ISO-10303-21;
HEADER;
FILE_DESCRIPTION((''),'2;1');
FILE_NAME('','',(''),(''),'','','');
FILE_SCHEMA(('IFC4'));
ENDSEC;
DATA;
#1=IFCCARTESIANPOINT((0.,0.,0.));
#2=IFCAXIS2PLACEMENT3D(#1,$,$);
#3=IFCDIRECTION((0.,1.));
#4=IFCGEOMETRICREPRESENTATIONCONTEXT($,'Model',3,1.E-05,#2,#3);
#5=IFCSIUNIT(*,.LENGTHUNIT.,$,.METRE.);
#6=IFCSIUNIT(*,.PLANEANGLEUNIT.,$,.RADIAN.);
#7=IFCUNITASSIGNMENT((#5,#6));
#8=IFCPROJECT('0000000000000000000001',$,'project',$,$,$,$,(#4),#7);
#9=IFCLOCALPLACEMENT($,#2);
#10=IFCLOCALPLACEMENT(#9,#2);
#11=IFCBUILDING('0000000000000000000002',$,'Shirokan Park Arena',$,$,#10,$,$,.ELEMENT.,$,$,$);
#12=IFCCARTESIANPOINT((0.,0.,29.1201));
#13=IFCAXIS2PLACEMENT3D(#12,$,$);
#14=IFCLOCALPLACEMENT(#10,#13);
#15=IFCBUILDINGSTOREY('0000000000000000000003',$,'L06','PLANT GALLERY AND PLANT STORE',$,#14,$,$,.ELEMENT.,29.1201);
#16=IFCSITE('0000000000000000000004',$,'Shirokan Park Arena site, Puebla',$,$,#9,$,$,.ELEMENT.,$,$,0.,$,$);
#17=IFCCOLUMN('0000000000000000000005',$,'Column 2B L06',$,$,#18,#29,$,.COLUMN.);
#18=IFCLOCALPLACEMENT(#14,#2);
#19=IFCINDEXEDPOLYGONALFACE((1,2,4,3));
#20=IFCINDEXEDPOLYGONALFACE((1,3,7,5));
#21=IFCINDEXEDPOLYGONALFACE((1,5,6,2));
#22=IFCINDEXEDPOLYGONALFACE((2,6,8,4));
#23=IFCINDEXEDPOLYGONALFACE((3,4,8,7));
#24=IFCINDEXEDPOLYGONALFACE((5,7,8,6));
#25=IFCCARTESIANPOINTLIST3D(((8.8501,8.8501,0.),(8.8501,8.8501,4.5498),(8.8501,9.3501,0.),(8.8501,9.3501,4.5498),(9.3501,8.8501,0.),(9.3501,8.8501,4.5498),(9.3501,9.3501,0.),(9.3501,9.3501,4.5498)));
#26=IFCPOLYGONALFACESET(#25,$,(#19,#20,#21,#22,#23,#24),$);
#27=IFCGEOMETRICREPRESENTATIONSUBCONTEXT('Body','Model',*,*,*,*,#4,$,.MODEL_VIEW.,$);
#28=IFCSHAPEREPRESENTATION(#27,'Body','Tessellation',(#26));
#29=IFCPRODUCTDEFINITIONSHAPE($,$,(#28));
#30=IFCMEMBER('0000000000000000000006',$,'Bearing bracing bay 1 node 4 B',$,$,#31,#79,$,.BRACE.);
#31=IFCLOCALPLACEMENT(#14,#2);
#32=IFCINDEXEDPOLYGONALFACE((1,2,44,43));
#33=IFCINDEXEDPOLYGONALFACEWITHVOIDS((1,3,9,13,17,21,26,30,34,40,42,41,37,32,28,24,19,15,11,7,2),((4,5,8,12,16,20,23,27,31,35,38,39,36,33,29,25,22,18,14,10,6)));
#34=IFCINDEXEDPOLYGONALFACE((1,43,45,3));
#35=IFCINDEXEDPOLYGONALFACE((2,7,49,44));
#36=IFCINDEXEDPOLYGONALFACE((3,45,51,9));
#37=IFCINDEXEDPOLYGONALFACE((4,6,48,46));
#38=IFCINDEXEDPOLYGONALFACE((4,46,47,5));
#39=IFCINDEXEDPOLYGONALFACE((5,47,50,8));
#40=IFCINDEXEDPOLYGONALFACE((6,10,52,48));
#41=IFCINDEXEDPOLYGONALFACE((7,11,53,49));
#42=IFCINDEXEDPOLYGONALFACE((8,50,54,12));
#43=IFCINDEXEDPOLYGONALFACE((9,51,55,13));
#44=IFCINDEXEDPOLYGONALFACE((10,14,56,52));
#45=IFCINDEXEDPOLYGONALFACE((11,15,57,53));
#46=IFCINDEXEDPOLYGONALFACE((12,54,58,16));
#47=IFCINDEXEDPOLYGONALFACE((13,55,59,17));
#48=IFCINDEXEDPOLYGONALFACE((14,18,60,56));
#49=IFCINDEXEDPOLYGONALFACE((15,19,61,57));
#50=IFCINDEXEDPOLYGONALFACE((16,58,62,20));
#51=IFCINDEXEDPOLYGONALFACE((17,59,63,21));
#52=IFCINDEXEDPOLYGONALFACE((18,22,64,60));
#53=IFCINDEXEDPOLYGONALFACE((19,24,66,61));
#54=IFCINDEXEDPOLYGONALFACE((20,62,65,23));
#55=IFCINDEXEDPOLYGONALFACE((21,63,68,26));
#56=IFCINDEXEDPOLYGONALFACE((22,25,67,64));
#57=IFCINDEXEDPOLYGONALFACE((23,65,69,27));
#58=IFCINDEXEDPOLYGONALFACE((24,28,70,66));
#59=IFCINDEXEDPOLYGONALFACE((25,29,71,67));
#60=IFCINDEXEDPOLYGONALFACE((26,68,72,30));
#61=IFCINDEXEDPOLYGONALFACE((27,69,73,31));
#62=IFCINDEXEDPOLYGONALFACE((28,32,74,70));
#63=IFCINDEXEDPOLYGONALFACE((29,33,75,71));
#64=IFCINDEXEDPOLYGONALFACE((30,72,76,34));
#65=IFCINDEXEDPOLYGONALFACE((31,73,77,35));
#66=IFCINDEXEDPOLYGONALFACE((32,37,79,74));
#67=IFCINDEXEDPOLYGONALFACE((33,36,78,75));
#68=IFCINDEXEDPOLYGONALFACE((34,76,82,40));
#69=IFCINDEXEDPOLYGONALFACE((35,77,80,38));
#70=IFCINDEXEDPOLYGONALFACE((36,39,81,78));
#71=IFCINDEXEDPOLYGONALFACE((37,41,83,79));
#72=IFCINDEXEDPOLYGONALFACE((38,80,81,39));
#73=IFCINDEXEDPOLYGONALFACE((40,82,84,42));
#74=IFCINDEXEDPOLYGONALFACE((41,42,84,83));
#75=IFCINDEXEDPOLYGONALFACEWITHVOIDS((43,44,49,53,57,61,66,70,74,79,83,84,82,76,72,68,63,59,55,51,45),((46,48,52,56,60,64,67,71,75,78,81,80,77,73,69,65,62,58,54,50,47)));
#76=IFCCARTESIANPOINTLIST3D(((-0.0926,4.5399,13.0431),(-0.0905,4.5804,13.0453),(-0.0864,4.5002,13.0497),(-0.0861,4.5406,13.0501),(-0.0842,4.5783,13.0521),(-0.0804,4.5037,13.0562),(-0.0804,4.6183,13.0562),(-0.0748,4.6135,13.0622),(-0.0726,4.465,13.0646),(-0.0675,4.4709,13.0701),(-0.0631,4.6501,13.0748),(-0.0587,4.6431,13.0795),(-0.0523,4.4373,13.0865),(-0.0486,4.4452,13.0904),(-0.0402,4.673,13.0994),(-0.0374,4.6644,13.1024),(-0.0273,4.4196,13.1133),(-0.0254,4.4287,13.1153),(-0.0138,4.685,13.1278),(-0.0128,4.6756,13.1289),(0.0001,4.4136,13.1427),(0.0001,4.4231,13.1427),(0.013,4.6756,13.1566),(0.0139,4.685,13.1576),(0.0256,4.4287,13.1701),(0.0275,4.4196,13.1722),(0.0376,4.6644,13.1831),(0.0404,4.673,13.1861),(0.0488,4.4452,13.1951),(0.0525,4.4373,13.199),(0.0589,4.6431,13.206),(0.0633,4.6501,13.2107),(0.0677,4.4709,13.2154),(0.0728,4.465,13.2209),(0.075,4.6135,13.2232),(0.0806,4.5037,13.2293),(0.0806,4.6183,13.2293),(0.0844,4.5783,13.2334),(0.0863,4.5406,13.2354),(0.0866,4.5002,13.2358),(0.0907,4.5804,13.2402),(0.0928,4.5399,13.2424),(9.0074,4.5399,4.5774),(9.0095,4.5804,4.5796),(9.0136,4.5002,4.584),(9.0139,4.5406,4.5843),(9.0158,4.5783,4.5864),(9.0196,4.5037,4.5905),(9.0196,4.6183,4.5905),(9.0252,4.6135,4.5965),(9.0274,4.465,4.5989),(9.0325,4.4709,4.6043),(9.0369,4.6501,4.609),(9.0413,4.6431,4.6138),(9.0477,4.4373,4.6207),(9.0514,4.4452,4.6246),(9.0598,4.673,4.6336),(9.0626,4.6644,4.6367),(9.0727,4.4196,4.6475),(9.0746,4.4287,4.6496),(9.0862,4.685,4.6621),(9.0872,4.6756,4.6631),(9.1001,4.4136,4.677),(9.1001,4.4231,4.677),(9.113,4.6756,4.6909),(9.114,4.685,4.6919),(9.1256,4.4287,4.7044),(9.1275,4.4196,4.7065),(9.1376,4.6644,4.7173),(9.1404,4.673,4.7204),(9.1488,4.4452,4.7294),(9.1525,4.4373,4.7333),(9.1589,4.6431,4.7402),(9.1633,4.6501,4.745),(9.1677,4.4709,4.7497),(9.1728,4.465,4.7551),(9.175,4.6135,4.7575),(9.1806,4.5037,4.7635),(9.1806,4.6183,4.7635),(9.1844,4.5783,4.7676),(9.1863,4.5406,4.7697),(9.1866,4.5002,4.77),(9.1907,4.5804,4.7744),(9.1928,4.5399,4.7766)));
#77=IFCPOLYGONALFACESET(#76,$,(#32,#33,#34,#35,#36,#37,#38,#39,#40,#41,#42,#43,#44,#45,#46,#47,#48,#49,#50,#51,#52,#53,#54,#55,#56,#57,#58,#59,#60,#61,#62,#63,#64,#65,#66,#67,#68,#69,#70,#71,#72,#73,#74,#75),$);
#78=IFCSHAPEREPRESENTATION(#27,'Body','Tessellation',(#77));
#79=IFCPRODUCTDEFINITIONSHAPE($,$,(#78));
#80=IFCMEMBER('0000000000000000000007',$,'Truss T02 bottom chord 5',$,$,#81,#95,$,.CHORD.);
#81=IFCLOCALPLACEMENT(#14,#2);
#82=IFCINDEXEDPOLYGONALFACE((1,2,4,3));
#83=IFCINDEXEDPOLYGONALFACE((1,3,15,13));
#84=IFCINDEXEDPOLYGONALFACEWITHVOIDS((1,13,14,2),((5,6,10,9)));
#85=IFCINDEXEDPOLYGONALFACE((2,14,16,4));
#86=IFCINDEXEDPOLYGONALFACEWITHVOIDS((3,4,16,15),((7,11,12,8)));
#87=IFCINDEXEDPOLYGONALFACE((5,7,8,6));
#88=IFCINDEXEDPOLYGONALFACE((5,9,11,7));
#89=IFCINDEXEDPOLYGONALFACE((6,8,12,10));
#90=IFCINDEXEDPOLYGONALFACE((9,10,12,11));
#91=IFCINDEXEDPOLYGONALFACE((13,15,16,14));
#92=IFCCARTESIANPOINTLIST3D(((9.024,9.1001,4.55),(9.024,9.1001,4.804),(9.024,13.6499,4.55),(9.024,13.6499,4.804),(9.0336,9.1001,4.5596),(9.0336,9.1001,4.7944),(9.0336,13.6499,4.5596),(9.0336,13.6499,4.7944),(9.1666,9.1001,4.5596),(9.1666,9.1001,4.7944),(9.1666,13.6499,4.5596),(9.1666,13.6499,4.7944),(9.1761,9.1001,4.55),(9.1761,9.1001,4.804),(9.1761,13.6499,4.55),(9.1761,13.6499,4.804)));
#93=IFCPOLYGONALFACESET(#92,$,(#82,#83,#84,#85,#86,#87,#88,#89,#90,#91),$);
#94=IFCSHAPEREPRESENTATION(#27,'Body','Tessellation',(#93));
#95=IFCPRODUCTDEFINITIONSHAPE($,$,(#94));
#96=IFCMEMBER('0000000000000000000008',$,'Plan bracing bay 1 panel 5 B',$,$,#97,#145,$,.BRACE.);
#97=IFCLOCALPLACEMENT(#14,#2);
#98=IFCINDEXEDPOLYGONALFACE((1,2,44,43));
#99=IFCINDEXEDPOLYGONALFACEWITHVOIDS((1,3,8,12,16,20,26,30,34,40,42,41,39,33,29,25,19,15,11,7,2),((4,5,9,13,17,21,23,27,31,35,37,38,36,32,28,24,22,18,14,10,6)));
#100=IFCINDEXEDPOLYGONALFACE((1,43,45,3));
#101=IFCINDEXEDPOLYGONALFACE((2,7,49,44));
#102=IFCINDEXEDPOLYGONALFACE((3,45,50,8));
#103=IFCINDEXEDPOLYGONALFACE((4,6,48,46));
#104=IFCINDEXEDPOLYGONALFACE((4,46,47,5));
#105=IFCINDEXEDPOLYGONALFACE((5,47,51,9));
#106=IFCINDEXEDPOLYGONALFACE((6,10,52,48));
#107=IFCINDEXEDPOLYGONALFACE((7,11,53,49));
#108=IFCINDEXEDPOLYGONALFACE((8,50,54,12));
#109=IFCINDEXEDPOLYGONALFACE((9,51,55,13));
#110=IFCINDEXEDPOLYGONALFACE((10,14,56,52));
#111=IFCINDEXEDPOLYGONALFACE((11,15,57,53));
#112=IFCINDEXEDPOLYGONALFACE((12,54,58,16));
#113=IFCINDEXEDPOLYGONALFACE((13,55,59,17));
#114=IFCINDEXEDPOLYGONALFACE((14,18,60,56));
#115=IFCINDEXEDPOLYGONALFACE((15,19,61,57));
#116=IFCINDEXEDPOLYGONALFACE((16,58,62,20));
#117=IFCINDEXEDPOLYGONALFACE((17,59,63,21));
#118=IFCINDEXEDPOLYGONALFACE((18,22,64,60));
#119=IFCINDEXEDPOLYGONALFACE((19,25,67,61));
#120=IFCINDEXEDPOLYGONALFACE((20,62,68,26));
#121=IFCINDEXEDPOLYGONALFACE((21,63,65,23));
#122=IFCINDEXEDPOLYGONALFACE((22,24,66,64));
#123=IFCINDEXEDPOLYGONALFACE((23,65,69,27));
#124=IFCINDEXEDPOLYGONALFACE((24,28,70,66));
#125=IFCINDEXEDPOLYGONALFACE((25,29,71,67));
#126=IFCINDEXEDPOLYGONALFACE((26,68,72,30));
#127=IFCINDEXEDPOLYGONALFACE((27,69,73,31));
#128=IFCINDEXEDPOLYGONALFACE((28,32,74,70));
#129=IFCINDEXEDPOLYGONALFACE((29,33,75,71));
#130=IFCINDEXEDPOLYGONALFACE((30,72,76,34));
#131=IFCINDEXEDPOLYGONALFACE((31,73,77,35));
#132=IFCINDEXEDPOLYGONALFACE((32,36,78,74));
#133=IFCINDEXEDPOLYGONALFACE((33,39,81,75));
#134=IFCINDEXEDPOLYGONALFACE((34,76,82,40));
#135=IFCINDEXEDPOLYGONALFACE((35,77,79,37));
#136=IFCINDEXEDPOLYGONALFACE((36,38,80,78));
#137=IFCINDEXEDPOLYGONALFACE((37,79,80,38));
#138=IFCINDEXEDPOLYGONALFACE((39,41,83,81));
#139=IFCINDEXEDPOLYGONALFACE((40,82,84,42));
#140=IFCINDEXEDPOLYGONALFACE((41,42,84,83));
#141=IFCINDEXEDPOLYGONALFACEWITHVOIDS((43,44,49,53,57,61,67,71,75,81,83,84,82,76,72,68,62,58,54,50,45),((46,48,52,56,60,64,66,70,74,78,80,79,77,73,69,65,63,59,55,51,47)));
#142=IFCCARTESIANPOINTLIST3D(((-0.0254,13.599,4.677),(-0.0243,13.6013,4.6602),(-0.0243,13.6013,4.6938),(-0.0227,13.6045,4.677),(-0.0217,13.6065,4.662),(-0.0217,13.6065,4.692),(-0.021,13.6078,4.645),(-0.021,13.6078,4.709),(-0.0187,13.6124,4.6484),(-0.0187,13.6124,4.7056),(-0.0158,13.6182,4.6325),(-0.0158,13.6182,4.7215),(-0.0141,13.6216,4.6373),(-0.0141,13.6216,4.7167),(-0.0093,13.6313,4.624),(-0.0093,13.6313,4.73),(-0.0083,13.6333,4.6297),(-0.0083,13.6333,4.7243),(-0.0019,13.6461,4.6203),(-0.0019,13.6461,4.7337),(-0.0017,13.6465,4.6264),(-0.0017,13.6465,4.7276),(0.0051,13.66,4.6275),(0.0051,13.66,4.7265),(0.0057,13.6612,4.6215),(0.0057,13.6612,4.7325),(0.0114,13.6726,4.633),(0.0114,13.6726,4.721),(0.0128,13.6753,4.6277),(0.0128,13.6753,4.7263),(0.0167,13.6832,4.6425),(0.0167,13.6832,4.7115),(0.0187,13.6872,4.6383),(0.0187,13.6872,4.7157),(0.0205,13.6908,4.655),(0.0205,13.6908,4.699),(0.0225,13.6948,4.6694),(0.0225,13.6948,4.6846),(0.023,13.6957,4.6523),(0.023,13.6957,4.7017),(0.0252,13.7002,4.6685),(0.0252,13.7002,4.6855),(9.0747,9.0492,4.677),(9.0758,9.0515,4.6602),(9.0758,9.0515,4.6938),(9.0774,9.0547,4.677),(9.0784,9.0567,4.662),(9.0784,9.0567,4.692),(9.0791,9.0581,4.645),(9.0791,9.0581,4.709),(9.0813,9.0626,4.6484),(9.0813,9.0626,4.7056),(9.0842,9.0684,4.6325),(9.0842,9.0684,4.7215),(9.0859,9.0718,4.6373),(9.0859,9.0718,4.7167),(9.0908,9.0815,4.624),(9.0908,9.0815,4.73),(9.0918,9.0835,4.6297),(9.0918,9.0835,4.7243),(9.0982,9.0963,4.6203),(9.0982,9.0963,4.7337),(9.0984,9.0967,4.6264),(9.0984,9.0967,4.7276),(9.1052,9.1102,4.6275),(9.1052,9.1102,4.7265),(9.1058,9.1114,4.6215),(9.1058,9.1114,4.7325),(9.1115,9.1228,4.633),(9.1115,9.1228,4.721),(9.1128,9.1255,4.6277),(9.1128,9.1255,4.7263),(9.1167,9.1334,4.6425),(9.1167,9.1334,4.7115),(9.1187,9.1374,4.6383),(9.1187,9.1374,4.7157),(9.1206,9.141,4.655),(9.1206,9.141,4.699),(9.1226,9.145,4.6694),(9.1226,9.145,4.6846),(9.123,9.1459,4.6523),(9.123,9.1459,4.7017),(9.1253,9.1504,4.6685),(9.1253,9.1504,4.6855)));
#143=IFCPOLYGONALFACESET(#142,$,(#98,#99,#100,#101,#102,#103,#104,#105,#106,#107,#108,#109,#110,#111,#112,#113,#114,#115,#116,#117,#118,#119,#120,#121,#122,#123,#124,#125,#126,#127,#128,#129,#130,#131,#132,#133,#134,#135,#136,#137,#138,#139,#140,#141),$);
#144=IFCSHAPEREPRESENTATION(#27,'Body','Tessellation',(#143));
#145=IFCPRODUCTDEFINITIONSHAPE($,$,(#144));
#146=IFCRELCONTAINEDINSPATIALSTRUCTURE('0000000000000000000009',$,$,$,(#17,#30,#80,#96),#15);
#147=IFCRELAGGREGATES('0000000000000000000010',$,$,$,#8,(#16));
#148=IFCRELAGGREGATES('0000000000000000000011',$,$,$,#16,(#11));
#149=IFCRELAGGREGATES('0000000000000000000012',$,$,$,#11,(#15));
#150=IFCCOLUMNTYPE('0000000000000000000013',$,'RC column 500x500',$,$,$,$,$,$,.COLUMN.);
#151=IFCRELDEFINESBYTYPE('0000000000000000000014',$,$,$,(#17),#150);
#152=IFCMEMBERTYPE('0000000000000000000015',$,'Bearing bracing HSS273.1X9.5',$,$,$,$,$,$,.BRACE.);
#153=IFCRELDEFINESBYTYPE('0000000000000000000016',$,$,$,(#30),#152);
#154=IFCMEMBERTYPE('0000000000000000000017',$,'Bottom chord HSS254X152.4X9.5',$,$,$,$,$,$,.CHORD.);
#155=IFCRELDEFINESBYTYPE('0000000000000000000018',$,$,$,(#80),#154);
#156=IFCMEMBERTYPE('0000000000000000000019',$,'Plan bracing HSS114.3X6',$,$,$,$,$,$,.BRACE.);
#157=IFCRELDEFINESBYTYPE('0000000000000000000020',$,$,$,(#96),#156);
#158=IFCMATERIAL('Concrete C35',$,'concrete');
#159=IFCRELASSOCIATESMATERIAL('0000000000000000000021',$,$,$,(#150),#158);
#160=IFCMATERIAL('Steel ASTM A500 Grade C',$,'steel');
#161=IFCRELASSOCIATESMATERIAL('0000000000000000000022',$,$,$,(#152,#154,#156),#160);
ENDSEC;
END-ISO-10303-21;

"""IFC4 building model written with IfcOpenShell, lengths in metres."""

from ifc_helpers import new_model, si_unit, direction, frame, origin, origin_2d, place, context, subcontext, project, spatial, rectangle, hollow_rectangle, hollow_circle, extrude, material, material_profile, profile_set, type_object, element, save


model = new_model("IFC4")

# Units and contexts
model_context = context("Model", 3, precision=1e-05, world=origin(), true_north=direction((0.0, 1.0)))
body_context = subcontext(model_context, "Body", "Model", "MODEL_VIEW")
ifc_project = project(units=[si_unit("LENGTHUNIT", "METRE"), si_unit("PLANEANGLEUNIT", "RADIAN")], contexts=[model_context])

# Site, building, storey
site_placement = place(None, origin())
site = spatial("IfcSite", under=ifc_project, at=site_placement, Name="Shirokan Park Arena site, Puebla", CompositionType="ELEMENT", RefElevation=0.0)
building_placement = place(site_placement, origin())
building = spatial("IfcBuilding", under=site, at=building_placement, Name="Shirokan Park Arena", CompositionType="ELEMENT")
storey_placement = place(building_placement, frame((0.0, 0.0, 29.1201)))
storey = spatial("IfcBuildingStorey", under=building, at=storey_placement, Name="L06", Description="PLANT GALLERY AND PLANT STORE", CompositionType="ELEMENT", Elevation=29.1201)

# Column
ifc_material_1 = material(Name="Concrete C35", Category="concrete")
ifc_material_profile_1 = material_profile(ifc_material_1, rectangle(XDim=0.5, YDim=0.5, at=origin_2d()), Name="500x500")
ifc_profile_set_1 = profile_set([ifc_material_profile_1], Name="Concrete C35")
column_type = type_object("IfcColumnType", Name="RC column 500x500", PredefinedType="COLUMN", material=ifc_profile_set_1)
column_placement = place(storey_placement, frame((9.1001, 9.1001, 0.0), z_axis=(0.0, 0.0, 1.0), x_axis=(1.0, 0.0, 0.0)))
element("IfcColumn", 1, at=column_placement, inside=storey, type_object=column_type, Name="Column 2B L06", PredefinedType="COLUMN", context=body_context, shape_type="SweptSolid", body=[
    extrude(rectangle(XDim=0.5, YDim=0.5, at=origin_2d()), origin(), (0.0, 0.0, 1.0), 4.5498),
])

# Members
ifc_material_2 = material(Name="Steel ASTM A500 Grade C", Category="steel")
ifc_material_profile_2 = material_profile(ifc_material_2, hollow_circle(Radius=0.1365, WallThickness=0.0095, at=origin_2d()), Name="HSS273.1X9.5")
ifc_profile_set_2 = profile_set([ifc_material_profile_2], Name="Steel ASTM A500 Grade C")
member_type_1 = type_object("IfcMemberType", Name="Bearing bracing HSS273.1X9.5", PredefinedType="BRACE", material=ifc_profile_set_2)
member_1_placement = place(storey_placement, frame((9.1001, 4.55, 4.677), z_axis=(-0.732162, 0.0, 0.68113), x_axis=(0.0, -1.0, 0.0)))
element("IfcMember", 2, at=member_1_placement, inside=storey, type_object=member_type_1, Name="Bearing bracing bay 1 node 4 B", PredefinedType="BRACE", context=body_context, shape_type="SweptSolid", body=[
    extrude(hollow_circle(Radius=0.1365, WallThickness=0.0095, at=origin_2d()), origin(), (0.0, 0.0, 1.0), 12.429),
])
ifc_material_profile_3 = material_profile(ifc_material_2, hollow_rectangle(XDim=0.1521, YDim=0.2539, WallThickness=0.0095, at=origin_2d()), Name="HSS254X152.4X9.5")
ifc_profile_set_3 = profile_set([ifc_material_profile_3], Name="Steel ASTM A500 Grade C")
member_type_2 = type_object("IfcMemberType", Name="Bottom chord HSS254X152.4X9.5", PredefinedType="CHORD", material=ifc_profile_set_3)
member_2_placement = place(storey_placement, frame((9.1001, 9.1001, 4.677), z_axis=(0.0, 1.0, 0.0), x_axis=(-1.0, 0.0, 0.0)))
element("IfcMember", 3, at=member_2_placement, inside=storey, type_object=member_type_2, Name="Truss T02 bottom chord 5", PredefinedType="CHORD", context=body_context, shape_type="SweptSolid", body=[
    extrude(hollow_rectangle(XDim=0.1521, YDim=0.2539, WallThickness=0.0095, at=origin_2d()), origin(), (0.0, 0.0, 1.0), 4.5498),
])
ifc_material_profile_4 = material_profile(ifc_material_2, hollow_circle(Radius=0.0569, WallThickness=0.0061, at=origin_2d()), Name="HSS114.3X6")
ifc_profile_set_4 = profile_set([ifc_material_profile_4], Name="Steel ASTM A500 Grade C")
member_type_3 = type_object("IfcMemberType", Name="Plan bracing HSS114.3X6", PredefinedType="BRACE", material=ifc_profile_set_4)
member_3_placement = place(storey_placement, frame((9.1001, 9.1001, 4.677), z_axis=(-0.894437, 0.447194, 0.0), x_axis=(-0.447194, -0.894437, 0.0)))
element("IfcMember", 4, at=member_3_placement, inside=storey, type_object=member_type_3, Name="Plan bracing bay 1 panel 5 B", PredefinedType="BRACE", context=body_context, shape_type="SweptSolid", body=[
    extrude(hollow_circle(Radius=0.0569, WallThickness=0.0061, at=origin_2d()), origin(), (0.0, 0.0, 1.0), 10.1741),
])

save(model, "model.ifc")
